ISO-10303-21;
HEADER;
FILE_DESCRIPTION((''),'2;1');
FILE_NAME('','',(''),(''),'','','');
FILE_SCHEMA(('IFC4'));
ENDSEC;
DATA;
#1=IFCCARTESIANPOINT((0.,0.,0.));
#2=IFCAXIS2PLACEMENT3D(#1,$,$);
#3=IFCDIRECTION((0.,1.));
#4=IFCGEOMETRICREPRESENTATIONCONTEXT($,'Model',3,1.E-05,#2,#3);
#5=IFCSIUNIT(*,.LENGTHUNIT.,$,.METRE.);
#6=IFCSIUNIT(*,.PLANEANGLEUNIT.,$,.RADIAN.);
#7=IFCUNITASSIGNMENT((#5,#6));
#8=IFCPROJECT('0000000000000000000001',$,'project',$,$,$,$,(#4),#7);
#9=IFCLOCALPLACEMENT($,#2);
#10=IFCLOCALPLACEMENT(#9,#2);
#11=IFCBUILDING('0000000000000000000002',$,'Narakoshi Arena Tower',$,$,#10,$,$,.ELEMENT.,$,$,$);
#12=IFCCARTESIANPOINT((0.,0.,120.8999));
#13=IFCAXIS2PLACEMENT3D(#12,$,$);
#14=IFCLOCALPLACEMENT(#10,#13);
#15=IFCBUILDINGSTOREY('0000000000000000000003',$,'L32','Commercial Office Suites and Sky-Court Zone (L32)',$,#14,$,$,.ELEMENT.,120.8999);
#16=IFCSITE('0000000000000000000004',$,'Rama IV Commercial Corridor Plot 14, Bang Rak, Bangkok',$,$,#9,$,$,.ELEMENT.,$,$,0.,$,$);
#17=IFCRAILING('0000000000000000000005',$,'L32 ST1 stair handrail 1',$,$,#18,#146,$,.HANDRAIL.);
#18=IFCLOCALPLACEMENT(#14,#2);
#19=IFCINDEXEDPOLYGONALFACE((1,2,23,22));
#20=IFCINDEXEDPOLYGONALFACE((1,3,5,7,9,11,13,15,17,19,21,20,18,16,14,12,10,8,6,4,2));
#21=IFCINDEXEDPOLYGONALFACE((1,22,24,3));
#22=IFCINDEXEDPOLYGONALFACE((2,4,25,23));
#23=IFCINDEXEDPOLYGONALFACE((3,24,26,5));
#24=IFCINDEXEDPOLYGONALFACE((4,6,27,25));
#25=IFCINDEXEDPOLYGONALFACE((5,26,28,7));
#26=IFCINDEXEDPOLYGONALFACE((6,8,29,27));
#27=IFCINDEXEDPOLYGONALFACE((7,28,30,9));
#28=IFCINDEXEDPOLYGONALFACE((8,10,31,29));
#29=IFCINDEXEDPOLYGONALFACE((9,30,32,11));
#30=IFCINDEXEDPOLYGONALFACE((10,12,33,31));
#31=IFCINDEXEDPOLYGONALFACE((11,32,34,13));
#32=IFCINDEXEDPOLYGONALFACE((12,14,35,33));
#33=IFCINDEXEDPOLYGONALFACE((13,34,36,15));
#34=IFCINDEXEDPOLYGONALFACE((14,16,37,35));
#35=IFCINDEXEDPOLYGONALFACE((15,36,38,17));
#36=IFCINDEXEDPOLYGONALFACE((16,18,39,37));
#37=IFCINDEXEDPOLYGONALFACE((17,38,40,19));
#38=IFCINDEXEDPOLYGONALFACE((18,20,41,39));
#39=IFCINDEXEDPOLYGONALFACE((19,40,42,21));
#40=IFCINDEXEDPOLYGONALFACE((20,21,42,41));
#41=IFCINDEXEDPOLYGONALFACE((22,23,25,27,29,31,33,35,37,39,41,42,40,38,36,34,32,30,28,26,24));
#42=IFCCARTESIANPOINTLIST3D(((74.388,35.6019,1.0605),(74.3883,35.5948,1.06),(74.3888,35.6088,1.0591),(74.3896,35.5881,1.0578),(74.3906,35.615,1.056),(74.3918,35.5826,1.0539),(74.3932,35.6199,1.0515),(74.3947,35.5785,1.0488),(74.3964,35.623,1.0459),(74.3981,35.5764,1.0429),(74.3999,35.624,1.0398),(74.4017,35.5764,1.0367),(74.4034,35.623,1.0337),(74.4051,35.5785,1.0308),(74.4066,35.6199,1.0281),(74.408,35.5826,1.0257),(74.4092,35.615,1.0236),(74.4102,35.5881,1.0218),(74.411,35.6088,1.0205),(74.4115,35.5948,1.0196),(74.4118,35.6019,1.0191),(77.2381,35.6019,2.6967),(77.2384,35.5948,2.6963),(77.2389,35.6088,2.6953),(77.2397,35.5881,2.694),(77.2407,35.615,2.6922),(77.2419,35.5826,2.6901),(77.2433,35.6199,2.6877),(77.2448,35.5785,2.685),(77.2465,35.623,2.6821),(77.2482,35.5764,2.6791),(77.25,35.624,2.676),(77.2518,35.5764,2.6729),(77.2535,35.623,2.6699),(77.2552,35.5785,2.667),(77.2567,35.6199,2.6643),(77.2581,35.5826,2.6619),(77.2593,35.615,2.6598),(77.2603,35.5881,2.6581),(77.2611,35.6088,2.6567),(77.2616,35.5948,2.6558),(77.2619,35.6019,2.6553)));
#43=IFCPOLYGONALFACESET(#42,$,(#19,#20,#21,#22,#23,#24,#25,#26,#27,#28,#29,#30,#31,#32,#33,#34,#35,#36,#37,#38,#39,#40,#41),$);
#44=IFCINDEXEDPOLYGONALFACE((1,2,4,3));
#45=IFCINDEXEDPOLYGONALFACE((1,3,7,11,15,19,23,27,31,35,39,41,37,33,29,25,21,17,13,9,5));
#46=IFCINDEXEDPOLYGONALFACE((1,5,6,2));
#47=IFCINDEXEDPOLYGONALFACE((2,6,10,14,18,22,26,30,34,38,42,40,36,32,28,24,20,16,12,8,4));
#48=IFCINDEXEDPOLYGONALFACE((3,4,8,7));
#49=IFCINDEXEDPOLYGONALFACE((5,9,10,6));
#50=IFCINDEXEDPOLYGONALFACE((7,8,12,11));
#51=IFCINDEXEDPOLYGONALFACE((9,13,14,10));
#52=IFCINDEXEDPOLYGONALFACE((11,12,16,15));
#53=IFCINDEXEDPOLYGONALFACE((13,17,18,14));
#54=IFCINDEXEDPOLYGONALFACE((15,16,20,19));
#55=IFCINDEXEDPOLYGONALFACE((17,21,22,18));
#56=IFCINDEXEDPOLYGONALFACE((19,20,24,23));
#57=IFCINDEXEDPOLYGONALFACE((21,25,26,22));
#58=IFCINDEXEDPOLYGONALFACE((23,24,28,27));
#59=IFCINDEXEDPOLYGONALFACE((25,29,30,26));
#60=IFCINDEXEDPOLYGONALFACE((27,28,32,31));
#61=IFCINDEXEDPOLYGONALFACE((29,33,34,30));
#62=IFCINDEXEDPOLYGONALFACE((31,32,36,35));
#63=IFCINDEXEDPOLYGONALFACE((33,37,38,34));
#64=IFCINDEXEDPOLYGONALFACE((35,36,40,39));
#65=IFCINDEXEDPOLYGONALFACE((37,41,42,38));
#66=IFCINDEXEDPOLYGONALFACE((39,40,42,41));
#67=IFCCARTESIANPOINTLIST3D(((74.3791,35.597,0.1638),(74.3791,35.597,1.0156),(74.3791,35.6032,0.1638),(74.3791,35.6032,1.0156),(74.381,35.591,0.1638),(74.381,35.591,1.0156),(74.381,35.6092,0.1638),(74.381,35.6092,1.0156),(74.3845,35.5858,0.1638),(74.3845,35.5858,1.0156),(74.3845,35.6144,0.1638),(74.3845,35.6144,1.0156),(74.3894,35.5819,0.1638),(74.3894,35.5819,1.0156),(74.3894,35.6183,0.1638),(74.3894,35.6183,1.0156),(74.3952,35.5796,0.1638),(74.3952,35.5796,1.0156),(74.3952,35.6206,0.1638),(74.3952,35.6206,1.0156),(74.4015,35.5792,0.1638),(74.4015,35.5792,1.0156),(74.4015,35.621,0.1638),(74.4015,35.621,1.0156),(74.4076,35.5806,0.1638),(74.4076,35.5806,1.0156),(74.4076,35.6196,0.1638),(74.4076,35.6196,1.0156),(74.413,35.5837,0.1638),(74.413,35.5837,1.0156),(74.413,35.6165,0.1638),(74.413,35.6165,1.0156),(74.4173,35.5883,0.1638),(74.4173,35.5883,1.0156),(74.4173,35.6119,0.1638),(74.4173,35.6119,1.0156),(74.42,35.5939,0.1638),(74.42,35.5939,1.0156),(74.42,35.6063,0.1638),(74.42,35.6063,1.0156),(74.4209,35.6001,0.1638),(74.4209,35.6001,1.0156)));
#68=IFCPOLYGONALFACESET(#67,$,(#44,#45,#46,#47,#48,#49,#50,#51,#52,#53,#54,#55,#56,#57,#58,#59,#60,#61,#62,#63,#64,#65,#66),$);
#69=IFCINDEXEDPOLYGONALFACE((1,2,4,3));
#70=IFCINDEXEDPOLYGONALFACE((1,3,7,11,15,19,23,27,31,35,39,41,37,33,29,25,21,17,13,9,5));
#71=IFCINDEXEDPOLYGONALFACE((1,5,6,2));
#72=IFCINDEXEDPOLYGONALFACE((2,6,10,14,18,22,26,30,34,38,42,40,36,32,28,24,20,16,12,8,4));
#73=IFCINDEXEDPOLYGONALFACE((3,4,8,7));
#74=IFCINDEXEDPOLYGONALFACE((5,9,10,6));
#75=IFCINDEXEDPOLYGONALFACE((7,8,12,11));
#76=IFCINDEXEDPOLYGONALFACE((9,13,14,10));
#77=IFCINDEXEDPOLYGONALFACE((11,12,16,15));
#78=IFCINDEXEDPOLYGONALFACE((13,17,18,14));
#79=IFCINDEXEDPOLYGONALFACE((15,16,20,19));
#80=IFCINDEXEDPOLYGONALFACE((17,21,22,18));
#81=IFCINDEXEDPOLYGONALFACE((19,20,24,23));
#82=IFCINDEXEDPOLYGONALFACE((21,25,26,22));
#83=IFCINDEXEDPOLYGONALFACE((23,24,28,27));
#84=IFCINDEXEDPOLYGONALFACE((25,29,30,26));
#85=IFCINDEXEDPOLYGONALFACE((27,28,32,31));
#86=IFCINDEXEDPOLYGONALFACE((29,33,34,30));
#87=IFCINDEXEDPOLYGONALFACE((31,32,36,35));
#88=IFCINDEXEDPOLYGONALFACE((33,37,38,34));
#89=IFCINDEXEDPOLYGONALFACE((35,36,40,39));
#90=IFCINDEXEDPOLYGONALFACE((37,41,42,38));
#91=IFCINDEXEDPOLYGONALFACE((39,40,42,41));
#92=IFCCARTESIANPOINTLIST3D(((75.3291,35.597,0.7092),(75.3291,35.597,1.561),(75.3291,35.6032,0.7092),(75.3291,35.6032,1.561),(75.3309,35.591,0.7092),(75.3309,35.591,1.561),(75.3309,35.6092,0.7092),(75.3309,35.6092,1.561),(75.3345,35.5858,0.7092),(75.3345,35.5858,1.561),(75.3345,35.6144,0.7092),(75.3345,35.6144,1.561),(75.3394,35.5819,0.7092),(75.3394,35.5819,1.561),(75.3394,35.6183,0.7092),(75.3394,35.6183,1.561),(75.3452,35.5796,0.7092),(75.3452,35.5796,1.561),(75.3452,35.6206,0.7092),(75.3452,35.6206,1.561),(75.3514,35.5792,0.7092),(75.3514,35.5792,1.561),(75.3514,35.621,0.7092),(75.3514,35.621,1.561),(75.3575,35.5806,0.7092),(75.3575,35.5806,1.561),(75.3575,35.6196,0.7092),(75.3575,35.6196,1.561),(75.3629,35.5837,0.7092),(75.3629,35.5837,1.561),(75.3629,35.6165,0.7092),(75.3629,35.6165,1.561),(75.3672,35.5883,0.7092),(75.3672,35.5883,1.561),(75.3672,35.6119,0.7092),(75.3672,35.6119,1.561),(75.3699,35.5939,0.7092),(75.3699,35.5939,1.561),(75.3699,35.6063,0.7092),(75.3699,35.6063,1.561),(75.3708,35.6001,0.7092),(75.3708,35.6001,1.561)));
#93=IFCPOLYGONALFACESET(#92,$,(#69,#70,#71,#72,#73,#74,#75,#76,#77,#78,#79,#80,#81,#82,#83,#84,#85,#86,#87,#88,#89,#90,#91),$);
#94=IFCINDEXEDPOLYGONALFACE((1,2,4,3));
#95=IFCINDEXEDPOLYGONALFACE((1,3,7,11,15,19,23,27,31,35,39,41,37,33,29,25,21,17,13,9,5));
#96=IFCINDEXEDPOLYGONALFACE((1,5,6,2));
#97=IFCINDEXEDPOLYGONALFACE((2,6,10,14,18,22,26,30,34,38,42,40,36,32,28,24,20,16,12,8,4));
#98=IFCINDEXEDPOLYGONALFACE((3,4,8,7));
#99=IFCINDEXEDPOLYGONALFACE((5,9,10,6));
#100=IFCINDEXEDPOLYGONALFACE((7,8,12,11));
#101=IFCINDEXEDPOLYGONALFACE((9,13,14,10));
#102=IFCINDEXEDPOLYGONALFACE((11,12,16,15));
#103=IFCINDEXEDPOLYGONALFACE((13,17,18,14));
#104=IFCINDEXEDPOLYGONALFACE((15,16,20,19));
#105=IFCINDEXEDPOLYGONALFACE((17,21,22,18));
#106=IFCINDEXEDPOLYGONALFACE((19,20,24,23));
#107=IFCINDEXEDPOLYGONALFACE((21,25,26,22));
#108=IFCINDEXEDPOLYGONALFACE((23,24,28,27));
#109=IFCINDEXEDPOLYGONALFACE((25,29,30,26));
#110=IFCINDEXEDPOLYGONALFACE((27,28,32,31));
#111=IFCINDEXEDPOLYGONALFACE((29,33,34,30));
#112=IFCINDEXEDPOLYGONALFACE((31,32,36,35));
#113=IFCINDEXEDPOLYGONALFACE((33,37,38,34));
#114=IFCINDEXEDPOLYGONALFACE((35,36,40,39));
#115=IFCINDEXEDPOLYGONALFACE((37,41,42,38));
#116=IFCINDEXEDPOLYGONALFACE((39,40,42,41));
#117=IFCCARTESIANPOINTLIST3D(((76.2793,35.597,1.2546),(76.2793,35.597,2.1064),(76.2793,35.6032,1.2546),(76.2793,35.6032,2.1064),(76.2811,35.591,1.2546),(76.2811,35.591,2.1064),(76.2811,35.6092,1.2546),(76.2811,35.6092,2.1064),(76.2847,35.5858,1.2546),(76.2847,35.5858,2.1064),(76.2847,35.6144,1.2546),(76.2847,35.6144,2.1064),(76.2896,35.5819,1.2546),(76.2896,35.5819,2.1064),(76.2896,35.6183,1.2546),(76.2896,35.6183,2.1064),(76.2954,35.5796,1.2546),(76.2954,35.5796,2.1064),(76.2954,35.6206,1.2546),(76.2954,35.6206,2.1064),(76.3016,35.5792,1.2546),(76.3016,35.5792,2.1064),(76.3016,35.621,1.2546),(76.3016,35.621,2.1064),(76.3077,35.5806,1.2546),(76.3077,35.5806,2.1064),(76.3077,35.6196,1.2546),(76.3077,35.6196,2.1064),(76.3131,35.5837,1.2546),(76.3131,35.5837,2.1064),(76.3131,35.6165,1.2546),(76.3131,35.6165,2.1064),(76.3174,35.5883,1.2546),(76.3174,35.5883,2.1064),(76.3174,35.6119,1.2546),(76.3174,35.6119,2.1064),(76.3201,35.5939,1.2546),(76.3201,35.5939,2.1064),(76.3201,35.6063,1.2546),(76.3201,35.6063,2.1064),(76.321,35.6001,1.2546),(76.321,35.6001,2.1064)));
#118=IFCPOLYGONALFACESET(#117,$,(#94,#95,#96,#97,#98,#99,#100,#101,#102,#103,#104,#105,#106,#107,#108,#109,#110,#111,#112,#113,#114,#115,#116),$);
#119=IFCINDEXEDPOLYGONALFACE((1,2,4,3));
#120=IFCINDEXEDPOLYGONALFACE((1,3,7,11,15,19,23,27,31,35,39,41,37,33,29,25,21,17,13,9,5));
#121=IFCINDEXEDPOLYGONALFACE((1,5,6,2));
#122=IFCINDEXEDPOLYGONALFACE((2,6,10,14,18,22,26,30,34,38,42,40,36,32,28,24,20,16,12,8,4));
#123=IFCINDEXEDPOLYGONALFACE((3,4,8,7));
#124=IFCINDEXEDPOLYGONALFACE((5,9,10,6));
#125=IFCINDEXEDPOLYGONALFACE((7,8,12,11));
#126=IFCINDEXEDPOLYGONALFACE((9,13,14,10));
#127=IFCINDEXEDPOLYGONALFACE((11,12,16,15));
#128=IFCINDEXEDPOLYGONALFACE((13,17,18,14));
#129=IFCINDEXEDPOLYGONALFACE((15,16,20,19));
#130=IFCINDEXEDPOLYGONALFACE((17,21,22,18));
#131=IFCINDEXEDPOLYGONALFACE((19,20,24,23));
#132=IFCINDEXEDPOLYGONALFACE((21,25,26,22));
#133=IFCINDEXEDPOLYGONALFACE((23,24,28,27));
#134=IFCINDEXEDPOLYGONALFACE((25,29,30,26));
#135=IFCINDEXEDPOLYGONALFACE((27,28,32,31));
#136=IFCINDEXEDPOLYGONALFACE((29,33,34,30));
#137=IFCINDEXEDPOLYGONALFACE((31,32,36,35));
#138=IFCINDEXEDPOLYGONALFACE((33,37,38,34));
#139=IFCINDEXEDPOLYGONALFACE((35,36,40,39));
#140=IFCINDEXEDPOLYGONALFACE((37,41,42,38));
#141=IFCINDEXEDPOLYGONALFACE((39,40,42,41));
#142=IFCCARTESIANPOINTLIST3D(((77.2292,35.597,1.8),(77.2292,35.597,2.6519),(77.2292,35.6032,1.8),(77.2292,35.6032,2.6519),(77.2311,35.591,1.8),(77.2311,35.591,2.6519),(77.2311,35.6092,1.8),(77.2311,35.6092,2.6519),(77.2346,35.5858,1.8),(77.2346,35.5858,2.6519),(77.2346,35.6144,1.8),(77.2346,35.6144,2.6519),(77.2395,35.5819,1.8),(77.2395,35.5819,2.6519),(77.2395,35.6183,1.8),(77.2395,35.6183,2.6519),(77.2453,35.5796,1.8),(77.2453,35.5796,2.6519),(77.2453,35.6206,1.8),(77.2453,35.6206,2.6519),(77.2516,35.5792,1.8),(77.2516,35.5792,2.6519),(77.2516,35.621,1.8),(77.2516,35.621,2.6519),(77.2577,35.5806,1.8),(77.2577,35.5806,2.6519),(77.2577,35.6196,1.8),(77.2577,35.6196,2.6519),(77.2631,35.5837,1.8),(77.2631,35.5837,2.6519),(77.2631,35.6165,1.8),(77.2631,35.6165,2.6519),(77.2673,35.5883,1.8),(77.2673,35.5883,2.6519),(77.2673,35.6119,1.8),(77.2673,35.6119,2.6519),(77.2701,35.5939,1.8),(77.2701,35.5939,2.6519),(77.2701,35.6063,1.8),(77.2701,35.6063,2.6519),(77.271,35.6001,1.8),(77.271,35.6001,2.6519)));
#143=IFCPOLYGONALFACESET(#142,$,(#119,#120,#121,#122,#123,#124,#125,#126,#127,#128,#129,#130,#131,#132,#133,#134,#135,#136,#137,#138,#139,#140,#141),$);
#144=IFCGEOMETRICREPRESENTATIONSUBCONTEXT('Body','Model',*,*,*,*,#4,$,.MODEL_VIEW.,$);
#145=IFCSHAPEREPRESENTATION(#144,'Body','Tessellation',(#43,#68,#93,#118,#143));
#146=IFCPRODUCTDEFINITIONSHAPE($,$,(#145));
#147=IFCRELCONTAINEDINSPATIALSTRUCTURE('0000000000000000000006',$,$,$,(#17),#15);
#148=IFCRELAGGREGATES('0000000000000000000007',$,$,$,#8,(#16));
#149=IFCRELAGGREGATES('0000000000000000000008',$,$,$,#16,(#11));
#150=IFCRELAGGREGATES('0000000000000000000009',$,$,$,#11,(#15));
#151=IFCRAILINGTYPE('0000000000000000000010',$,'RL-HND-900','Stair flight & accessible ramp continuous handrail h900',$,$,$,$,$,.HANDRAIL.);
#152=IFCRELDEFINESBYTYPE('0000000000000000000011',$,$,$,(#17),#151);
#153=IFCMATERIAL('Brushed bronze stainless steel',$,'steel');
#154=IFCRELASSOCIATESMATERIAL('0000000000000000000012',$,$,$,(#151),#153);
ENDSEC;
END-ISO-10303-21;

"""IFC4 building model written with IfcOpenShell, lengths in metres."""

from ifc_helpers import new_model, si_unit, direction, frame, origin, origin_2d, place, context, subcontext, project, spatial, circle, extrude, material, type_object, element, save


model = new_model("IFC4")

# Units and contexts
model_context = context("Model", 3, precision=1e-05, world=origin(), true_north=direction((0.0, 1.0)))
body_context = subcontext(model_context, "Body", "Model", "MODEL_VIEW")
ifc_project = project(units=[si_unit("LENGTHUNIT", "METRE"), si_unit("PLANEANGLEUNIT", "RADIAN")], contexts=[model_context])

# Site, building, storey
site_placement = place(None, origin())
site = spatial("IfcSite", under=ifc_project, at=site_placement, Name="Rama IV Commercial Corridor Plot 14, Bang Rak, Bangkok", CompositionType="ELEMENT", RefElevation=0.0)
building_placement = place(site_placement, origin())
building = spatial("IfcBuilding", under=site, at=building_placement, Name="Narakoshi Arena Tower", CompositionType="ELEMENT")
storey_placement = place(building_placement, frame((0.0, 0.0, 120.8999)))
storey = spatial("IfcBuildingStorey", under=building, at=storey_placement, Name="L32", Description="Commercial Office Suites and Sky-Court Zone (L32)", CompositionType="ELEMENT", Elevation=120.8999)

# Shared definitions
ifc_material_1 = material(Name="Brushed bronze stainless steel", Category="steel")

# Railing
railing_type_1 = type_object("IfcRailingType", Name="RL-HND-900", Description="Stair flight & accessible ramp continuous handrail h900", PredefinedType="HANDRAIL", material=ifc_material_1)
railing_1_placement = place(storey_placement, frame((74.3999, 35.6001, 0.1638)))
element("IfcRailing", 1, at=railing_1_placement, inside=storey, type_object=railing_type_1, Name="L32 ST1 stair handrail 1", PredefinedType="HANDRAIL", context=body_context, shape_type="SweptSolid", body=[
    extrude(circle(Radius=0.0239, at=origin_2d()), frame((0.0, 0.0, 0.876), z_axis=(0.867245, 0.0, 0.497882), x_axis=(0.0, 1.0, 0.0)), (0.0, 0.0, 1.0), 3.2864),
    extrude(circle(Radius=0.021, at=origin_2d()), origin(), (0.0, 0.0, 1.0), 0.8518),
    extrude(circle(Radius=0.021, at=origin_2d()), frame((0.95, 0.0, 0.5454)), (0.0, 0.0, 1.0), 0.8518),
    extrude(circle(Radius=0.021, at=origin_2d()), frame((1.9001, 0.0, 1.0908)), (0.0, 0.0, 1.0), 0.8518),
    extrude(circle(Radius=0.021, at=origin_2d()), frame((2.8501, 0.0, 1.6362)), (0.0, 0.0, 1.0), 0.8518),
])

save(model, "model.ifc")
